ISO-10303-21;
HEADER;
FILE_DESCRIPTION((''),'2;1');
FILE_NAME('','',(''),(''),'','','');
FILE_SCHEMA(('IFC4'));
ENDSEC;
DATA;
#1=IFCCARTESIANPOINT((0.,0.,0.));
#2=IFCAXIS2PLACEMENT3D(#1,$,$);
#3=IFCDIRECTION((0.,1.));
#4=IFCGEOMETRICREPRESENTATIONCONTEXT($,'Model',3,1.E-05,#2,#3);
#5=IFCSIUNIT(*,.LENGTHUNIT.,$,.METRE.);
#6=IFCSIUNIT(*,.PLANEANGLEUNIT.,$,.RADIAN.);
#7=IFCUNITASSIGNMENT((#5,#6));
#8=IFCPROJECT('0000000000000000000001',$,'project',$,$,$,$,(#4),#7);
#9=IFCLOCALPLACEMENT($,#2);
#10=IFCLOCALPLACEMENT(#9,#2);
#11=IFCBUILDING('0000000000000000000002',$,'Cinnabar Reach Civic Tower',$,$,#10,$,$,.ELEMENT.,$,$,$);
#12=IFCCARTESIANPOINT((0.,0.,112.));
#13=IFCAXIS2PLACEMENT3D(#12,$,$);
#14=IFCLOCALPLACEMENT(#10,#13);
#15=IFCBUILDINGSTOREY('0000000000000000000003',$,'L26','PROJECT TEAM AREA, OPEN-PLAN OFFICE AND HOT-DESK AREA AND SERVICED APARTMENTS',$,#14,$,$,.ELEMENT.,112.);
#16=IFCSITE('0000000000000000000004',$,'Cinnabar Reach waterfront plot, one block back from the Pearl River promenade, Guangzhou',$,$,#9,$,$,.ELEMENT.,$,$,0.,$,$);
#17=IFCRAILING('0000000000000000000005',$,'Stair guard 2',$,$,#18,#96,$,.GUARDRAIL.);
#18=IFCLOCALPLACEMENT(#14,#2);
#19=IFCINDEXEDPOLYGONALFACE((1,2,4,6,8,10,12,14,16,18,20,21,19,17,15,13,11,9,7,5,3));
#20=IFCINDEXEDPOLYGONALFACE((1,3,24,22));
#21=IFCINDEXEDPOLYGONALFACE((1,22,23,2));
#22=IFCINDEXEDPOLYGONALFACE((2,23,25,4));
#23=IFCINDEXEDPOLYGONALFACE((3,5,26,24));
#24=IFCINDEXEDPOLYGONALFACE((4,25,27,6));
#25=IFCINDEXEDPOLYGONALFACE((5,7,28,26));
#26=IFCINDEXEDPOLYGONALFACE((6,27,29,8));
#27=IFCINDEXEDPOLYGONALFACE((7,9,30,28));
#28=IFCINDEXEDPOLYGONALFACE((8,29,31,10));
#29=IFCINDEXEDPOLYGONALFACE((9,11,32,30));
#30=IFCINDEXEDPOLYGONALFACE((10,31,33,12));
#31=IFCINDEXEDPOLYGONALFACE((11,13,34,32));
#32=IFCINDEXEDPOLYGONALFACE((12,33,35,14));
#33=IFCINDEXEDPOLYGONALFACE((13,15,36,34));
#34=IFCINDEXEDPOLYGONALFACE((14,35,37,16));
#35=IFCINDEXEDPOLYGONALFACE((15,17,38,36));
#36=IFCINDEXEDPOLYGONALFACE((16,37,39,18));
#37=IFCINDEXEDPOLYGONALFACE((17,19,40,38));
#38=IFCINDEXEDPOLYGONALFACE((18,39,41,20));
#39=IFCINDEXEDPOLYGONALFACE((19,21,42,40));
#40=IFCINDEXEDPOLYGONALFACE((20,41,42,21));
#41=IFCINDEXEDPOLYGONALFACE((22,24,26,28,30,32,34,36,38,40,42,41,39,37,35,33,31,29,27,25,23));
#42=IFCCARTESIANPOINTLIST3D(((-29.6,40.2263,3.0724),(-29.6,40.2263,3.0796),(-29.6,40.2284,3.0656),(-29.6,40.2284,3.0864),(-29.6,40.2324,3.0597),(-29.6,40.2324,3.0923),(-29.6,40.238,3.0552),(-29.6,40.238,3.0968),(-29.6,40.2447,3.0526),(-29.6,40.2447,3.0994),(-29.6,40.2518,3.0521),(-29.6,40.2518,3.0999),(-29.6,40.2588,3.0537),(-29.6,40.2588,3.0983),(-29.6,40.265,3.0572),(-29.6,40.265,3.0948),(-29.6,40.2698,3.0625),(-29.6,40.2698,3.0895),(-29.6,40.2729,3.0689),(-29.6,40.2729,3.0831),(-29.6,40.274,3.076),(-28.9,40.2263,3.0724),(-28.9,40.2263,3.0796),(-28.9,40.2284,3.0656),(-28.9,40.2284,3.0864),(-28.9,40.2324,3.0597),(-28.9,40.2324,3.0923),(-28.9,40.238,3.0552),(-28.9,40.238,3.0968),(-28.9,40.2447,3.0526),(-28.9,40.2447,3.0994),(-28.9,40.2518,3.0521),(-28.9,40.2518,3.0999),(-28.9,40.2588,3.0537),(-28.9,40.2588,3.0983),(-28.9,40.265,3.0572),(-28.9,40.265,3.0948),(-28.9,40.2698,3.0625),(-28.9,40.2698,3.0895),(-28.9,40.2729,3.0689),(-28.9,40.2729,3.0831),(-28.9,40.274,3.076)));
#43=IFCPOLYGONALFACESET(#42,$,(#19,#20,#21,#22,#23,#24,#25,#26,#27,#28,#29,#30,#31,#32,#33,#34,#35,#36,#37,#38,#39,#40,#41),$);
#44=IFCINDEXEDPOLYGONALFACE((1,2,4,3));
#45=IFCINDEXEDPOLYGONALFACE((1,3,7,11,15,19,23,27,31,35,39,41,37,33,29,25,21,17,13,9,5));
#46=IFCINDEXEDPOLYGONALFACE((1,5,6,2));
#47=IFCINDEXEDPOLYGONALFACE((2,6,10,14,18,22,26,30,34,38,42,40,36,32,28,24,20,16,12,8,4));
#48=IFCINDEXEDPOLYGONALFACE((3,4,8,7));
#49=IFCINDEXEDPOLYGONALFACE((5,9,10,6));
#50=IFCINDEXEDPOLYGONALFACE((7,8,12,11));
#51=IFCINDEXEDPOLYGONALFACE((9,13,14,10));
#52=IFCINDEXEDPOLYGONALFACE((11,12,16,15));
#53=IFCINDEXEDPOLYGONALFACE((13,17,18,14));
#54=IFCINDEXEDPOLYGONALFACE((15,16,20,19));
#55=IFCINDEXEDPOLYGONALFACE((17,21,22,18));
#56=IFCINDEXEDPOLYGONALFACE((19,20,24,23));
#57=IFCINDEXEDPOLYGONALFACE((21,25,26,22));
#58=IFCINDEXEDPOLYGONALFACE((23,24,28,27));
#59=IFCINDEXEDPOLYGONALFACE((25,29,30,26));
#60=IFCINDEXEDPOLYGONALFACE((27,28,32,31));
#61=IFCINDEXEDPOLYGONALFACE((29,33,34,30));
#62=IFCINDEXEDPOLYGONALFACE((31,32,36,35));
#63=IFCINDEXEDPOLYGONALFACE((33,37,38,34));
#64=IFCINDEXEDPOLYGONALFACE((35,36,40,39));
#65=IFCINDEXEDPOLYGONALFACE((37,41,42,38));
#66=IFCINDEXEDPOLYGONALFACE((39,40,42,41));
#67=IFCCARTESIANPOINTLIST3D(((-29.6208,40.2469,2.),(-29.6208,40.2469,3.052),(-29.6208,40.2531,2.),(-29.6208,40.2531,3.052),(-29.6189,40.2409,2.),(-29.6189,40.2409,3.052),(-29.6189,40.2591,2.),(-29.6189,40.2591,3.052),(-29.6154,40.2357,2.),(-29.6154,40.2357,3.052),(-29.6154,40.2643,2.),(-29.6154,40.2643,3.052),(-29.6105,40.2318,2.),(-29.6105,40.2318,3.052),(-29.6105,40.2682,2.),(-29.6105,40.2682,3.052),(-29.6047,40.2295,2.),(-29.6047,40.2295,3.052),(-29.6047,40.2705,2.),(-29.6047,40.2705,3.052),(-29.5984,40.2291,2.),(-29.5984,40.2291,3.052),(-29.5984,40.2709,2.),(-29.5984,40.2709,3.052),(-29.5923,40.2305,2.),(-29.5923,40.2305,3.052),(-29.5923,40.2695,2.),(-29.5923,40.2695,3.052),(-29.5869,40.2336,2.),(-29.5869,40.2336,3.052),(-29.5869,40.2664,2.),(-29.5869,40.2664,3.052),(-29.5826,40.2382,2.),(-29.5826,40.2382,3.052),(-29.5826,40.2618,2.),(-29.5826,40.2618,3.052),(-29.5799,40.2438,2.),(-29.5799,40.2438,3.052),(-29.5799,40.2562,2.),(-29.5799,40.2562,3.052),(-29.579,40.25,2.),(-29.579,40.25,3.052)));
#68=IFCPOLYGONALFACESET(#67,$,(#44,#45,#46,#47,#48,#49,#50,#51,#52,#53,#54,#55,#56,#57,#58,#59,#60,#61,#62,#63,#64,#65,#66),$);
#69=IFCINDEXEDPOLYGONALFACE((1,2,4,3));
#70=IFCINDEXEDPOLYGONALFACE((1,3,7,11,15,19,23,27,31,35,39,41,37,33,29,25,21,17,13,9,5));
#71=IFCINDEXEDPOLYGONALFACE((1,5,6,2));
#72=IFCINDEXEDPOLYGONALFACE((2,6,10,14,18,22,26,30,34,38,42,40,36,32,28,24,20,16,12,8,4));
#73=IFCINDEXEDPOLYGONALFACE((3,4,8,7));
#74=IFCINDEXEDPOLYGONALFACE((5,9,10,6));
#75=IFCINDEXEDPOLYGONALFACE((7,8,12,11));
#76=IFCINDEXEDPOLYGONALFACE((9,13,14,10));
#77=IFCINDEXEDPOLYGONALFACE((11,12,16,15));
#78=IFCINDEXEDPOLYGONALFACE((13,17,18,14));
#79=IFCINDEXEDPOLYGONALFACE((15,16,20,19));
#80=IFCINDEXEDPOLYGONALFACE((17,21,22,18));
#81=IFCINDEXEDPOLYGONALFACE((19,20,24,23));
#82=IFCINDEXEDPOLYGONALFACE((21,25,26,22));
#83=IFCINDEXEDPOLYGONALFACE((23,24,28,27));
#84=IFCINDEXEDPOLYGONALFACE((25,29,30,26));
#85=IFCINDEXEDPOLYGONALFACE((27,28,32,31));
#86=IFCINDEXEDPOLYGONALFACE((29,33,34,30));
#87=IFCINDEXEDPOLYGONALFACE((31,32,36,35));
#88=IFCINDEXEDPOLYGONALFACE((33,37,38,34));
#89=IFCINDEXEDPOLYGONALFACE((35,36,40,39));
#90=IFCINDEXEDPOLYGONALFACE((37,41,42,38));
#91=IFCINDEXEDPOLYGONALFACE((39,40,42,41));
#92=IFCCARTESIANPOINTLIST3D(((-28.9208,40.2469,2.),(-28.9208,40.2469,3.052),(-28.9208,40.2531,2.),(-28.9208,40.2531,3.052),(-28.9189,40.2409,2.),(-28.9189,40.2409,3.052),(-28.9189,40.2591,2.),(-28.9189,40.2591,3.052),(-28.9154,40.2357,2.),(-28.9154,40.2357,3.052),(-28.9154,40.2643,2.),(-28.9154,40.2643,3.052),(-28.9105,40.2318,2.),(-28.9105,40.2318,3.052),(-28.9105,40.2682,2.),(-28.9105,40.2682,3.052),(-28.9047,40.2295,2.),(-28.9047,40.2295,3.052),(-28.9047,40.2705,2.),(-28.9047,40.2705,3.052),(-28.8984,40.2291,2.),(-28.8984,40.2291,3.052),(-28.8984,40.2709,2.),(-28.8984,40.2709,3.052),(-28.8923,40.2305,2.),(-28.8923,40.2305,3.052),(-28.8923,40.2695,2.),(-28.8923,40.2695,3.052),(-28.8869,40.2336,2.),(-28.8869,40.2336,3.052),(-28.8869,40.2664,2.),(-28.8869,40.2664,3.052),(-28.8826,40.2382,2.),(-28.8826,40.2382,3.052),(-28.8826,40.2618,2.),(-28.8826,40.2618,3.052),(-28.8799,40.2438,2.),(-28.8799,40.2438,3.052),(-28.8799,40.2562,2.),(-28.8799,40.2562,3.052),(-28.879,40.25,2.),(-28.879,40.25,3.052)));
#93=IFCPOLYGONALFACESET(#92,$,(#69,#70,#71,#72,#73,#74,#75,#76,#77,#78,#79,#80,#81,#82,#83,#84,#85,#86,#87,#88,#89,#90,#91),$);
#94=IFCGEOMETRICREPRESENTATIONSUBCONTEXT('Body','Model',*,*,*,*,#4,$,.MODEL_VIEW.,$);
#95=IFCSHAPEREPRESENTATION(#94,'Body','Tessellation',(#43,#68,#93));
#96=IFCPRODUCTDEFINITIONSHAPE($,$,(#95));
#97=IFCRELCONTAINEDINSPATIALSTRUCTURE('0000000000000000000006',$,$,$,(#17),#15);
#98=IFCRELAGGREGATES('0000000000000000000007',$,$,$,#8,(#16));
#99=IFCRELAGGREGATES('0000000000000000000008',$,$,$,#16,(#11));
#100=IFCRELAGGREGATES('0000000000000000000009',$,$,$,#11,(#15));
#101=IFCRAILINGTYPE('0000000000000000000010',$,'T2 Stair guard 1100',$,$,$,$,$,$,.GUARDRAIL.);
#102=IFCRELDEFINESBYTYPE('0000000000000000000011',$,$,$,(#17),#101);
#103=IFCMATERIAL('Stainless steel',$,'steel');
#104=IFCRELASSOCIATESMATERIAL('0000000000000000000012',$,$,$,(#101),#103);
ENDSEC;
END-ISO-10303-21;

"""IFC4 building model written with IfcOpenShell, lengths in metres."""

from ifc_helpers import new_model, si_unit, direction, frame, origin, origin_2d, place, context, subcontext, project, spatial, circle, extrude, material, type_object, element, save


model = new_model("IFC4")

# Units and contexts
model_context = context("Model", 3, precision=1e-05, world=origin(), true_north=direction((0.0, 1.0)))
body_context = subcontext(model_context, "Body", "Model", "MODEL_VIEW")
ifc_project = project(units=[si_unit("LENGTHUNIT", "METRE"), si_unit("PLANEANGLEUNIT", "RADIAN")], contexts=[model_context])

# Site, building, storey
site_placement = place(None, origin())
site = spatial("IfcSite", under=ifc_project, at=site_placement, Name="Cinnabar Reach waterfront plot, one block back from the Pearl River promenade, Guangzhou", CompositionType="ELEMENT", RefElevation=0.0)
building_placement = place(site_placement, origin())
building = spatial("IfcBuilding", under=site, at=building_placement, Name="Cinnabar Reach Civic Tower", CompositionType="ELEMENT")
storey_placement = place(building_placement, frame((0.0, 0.0, 112.0)))
storey = spatial("IfcBuildingStorey", under=building, at=storey_placement, Name="L26", Description="PROJECT TEAM AREA, OPEN-PLAN OFFICE AND HOT-DESK AREA AND SERVICED APARTMENTS", CompositionType="ELEMENT", Elevation=112.0)

# Railing
ifc_material_1 = material(Name="Stainless steel", Category="steel")
railing_type = type_object("IfcRailingType", Name="T2 Stair guard 1100", PredefinedType="GUARDRAIL", material=ifc_material_1)
railing_1_placement = place(storey_placement, frame((-29.6, 40.25, 2.0)))
element("IfcRailing", 1, at=railing_1_placement, inside=storey, type_object=railing_type, Name="Stair guard 2", PredefinedType="GUARDRAIL", context=body_context, shape_type="SweptSolid", body=[
    extrude(circle(Radius=0.024, at=origin_2d()), frame((0.0, 0.0, 1.076), z_axis=(1.0, 0.0, 0.0), x_axis=(0.0, 1.0, 0.0)), (0.0, 0.0, 1.0), 0.7),
    extrude(circle(Radius=0.021, at=origin_2d()), origin(), (0.0, 0.0, 1.0), 1.052),
    extrude(circle(Radius=0.021, at=origin_2d()), frame((0.7, 0.0, 0.0)), (0.0, 0.0, 1.0), 1.052),
])

save(model, "model.ifc")
